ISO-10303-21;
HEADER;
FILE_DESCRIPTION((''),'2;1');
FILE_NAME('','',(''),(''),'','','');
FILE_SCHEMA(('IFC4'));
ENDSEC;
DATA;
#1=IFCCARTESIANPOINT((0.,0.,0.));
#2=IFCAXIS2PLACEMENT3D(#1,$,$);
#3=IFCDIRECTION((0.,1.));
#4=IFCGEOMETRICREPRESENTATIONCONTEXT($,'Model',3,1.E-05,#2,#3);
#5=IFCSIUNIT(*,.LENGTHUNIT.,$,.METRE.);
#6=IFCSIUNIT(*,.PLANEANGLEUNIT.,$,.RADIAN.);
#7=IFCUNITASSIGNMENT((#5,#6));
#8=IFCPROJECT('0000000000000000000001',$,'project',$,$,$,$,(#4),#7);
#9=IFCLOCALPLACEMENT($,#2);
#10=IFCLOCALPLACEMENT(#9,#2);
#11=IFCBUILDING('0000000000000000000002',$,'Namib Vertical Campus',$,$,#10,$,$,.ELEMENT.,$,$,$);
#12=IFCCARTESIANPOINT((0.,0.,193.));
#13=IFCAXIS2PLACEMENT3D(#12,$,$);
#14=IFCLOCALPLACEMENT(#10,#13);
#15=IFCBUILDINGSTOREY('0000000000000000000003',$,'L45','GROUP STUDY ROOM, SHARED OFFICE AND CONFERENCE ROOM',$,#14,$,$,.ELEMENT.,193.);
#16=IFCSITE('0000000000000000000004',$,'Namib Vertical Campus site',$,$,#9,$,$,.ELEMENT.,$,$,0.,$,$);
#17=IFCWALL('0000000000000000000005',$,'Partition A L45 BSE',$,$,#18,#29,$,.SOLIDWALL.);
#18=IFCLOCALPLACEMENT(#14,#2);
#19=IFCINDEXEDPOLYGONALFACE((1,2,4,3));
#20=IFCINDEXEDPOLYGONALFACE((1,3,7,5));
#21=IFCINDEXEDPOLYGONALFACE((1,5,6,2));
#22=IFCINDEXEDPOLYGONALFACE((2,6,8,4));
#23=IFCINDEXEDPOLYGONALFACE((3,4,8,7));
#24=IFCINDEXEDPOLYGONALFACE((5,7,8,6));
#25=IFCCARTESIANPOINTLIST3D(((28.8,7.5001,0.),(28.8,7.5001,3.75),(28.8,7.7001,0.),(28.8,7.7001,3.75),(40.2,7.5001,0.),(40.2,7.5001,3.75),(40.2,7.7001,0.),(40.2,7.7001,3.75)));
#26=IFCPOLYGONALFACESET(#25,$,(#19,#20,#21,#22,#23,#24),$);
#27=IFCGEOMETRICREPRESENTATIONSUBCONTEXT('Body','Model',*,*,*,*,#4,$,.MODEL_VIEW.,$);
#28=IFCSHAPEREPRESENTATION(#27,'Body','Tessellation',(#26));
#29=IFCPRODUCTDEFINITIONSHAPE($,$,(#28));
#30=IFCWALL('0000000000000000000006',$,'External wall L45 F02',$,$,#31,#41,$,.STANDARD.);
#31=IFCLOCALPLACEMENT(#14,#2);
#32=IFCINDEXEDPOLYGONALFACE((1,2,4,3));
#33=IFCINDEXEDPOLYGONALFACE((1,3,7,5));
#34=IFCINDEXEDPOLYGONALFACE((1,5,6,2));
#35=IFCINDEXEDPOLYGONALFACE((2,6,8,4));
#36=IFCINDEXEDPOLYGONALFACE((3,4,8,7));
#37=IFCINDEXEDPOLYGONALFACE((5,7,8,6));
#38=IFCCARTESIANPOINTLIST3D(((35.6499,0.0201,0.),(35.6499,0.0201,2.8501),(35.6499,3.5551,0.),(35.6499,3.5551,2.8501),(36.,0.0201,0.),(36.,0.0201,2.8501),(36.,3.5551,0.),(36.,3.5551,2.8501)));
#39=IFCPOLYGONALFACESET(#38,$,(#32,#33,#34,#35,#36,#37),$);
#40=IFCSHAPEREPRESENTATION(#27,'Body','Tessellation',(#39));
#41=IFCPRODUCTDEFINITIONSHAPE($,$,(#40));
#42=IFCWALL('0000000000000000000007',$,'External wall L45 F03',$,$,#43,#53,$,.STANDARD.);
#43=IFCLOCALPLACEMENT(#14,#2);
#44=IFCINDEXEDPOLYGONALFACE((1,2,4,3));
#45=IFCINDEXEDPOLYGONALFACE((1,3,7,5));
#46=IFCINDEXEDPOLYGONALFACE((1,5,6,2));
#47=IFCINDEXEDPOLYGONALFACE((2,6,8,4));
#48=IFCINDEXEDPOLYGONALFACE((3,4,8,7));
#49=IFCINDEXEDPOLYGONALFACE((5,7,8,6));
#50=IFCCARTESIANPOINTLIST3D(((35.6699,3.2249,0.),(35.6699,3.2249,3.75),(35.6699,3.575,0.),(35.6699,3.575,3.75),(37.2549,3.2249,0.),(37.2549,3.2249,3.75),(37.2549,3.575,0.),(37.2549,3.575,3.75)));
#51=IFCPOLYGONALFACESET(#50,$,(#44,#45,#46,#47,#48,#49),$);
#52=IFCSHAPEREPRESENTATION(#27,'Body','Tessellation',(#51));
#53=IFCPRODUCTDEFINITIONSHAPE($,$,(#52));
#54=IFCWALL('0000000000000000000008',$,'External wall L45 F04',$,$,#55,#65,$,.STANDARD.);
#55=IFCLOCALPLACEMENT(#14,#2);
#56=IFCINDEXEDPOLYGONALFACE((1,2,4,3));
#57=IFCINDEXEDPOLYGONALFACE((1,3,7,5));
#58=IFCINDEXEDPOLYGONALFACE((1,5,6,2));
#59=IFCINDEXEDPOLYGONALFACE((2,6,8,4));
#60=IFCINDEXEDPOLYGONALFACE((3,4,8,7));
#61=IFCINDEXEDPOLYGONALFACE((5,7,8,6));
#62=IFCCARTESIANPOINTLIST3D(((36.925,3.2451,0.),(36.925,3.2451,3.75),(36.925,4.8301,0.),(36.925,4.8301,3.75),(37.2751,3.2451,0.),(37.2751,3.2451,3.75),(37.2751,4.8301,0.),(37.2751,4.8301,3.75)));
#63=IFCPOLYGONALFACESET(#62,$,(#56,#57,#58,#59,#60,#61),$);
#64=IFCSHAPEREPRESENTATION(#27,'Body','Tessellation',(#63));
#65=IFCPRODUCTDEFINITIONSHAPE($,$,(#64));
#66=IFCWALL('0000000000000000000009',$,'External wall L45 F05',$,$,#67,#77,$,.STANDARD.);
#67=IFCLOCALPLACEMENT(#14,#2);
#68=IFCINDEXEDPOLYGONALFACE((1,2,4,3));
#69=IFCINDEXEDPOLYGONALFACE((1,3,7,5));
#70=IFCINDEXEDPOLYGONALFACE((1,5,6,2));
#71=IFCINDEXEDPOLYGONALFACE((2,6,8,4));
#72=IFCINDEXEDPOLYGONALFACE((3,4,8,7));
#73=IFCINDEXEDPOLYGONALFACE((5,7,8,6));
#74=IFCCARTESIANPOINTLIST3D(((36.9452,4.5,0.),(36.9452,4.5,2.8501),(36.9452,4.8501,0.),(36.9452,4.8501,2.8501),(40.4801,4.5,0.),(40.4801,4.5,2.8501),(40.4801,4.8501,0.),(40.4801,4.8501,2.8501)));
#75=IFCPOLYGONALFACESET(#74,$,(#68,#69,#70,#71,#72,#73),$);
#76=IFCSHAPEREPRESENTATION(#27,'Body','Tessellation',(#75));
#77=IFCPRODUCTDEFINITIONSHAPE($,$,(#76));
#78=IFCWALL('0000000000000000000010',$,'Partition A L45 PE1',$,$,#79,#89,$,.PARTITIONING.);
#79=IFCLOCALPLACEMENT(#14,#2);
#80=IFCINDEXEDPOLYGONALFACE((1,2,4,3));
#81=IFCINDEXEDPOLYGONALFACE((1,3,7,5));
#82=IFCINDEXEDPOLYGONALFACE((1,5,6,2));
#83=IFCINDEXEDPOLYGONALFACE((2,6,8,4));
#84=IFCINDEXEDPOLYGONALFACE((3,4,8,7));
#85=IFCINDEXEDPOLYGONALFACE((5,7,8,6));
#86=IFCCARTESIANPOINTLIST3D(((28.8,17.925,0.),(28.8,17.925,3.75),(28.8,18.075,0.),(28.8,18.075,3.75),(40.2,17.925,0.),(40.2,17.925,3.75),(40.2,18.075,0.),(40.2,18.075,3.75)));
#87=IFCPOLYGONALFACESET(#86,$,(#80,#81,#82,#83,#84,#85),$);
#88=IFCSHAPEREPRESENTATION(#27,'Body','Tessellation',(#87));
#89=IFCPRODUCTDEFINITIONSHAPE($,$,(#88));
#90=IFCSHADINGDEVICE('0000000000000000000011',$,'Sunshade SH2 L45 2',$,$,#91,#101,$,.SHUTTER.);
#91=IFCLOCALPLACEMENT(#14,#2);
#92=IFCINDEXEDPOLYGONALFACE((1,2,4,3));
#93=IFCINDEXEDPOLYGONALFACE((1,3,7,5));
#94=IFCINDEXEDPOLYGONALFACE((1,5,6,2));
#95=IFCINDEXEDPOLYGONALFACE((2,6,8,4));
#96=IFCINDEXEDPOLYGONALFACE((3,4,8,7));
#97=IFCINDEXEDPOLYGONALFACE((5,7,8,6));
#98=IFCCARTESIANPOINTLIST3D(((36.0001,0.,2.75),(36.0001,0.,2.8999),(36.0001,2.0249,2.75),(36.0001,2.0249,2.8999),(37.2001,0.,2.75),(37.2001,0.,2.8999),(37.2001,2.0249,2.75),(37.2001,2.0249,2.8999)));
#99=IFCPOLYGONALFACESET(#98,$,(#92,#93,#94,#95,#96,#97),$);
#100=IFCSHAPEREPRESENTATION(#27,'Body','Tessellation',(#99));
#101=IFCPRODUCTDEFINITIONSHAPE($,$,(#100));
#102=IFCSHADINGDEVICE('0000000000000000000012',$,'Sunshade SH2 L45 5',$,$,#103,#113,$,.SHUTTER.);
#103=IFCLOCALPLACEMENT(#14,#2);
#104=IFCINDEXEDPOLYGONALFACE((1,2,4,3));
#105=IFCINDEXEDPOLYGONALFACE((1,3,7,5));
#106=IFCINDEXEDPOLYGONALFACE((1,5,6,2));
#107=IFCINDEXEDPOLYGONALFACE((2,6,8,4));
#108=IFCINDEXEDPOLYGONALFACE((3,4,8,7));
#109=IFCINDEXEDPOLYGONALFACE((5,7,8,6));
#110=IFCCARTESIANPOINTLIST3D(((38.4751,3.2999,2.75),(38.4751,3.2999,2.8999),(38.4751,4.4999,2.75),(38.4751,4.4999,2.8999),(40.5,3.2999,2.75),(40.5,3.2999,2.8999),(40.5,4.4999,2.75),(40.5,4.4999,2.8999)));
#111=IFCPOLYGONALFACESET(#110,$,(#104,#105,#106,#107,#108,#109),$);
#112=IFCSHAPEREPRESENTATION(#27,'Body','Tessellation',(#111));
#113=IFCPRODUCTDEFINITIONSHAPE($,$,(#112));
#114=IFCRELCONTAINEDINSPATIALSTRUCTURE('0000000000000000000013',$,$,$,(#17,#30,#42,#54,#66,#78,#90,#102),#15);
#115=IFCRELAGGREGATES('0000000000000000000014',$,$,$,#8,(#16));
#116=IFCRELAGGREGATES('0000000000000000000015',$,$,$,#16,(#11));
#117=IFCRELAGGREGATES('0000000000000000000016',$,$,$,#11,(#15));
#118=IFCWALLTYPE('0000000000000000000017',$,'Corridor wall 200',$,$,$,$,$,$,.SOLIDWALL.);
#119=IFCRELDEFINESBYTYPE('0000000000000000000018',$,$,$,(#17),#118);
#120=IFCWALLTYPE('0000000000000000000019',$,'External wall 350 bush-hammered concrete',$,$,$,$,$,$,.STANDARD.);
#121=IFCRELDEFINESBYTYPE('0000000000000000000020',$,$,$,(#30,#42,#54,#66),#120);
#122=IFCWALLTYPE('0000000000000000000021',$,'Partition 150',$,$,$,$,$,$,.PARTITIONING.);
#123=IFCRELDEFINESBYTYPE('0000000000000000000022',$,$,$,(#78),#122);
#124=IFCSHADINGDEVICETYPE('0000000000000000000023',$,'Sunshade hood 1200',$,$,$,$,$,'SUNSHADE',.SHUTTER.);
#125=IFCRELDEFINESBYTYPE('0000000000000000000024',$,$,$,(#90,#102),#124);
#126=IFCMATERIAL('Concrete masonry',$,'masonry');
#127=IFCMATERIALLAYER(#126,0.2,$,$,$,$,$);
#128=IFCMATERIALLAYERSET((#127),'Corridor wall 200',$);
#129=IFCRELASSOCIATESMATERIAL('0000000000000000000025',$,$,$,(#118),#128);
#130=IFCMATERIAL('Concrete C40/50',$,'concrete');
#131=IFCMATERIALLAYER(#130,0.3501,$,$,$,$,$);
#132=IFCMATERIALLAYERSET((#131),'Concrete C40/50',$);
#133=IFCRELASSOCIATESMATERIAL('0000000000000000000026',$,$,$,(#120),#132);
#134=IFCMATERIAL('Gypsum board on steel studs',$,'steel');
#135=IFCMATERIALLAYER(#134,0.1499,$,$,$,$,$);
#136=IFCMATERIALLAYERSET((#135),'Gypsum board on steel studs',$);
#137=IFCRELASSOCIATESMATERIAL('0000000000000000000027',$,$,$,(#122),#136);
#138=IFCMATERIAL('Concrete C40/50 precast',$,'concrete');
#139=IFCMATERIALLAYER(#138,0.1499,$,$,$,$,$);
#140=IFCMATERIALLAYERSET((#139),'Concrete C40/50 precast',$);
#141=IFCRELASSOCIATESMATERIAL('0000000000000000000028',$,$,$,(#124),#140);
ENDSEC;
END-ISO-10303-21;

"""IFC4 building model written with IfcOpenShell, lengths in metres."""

from ifc_helpers import new_model, si_unit, direction, frame, frame_2d, origin, origin_2d, place, context, subcontext, project, spatial, rectangle, extrude, material, layer, layer_set, type_object, element, save


model = new_model("IFC4")

# Units and contexts
model_context = context("Model", 3, precision=1e-05, world=origin(), true_north=direction((0.0, 1.0)))
body_context = subcontext(model_context, "Body", "Model", "MODEL_VIEW")
ifc_project = project(units=[si_unit("LENGTHUNIT", "METRE"), si_unit("PLANEANGLEUNIT", "RADIAN")], contexts=[model_context])

# Site, building, storey
site_placement = place(None, origin())
site = spatial("IfcSite", under=ifc_project, at=site_placement, Name="Namib Vertical Campus site", CompositionType="ELEMENT", RefElevation=0.0)
building_placement = place(site_placement, origin())
building = spatial("IfcBuilding", under=site, at=building_placement, Name="Namib Vertical Campus", CompositionType="ELEMENT")
storey_placement = place(building_placement, frame((0.0, 0.0, 193.0)))
storey = spatial("IfcBuildingStorey", under=building, at=storey_placement, Name="L45", Description="GROUP STUDY ROOM, SHARED OFFICE AND CONFERENCE ROOM", CompositionType="ELEMENT", Elevation=193.0)

# Shared definitions
ifc_material_1 = material(Name="Concrete masonry", Category="masonry")
ifc_layer_1 = layer(ifc_material_1, 0.2)
ifc_layer_set_1 = layer_set([ifc_layer_1], Name="Corridor wall 200")
wall_type_1 = type_object("IfcWallType", Name="Corridor wall 200", PredefinedType="SOLIDWALL", material=ifc_layer_set_1)

# Walls
wall_1_placement = place(storey_placement, frame((28.8, 7.6001, 0.0), z_axis=(0.0, 0.0, 1.0), x_axis=(1.0, 0.0, 0.0)))
element("IfcWall", 1, at=wall_1_placement, inside=storey, type_object=wall_type_1, Name="Partition A L45 BSE", PredefinedType="SOLIDWALL", context=body_context, shape_type="SweptSolid", body=[
    extrude(rectangle(XDim=11.3999, YDim=0.2, at=frame_2d((5.7, 0.0))), origin(), (0.0, 0.0, 1.0), 3.75),
])
ifc_material_2 = material(Name="Concrete C40/50", Category="concrete")
ifc_layer_2 = layer(ifc_material_2, 0.3501)
ifc_layer_set_2 = layer_set([ifc_layer_2], Name="Concrete C40/50")
wall_type_2 = type_object("IfcWallType", Name="External wall 350 bush-hammered concrete", PredefinedType="STANDARD", material=ifc_layer_set_2)
wall_2_placement = place(storey_placement, frame((35.825, 0.02, 0.0), z_axis=(0.0, 0.0, 1.0), x_axis=(0.0, 1.0, 0.0)))
element("IfcWall", 2, at=wall_2_placement, inside=storey, type_object=wall_type_2, Name="External wall L45 F02", PredefinedType="STANDARD", context=body_context, shape_type="SweptSolid", body=[
    extrude(rectangle(XDim=3.5349, YDim=0.3501, at=frame_2d((1.7676, 0.0))), origin(), (0.0, 0.0, 1.0), 2.8501),
])
for number, where, z_axis, x_axis, name in (
    (3, (35.6699, 3.3999, 0.0), (0.0, 0.0, 1.0), (1.0, 0.0, 0.0), "External wall L45 F03"),
    (4, (37.1001, 3.2451, 0.0), (0.0, 0.0, 1.0), (0.0, 1.0, 0.0), "External wall L45 F04"),
):
    element("IfcWall", number, at=place(storey_placement, frame(where, z_axis=z_axis, x_axis=x_axis)), inside=storey, type_object=wall_type_2, Name=name, PredefinedType="STANDARD", context=body_context, shape_type="SweptSolid", body=[
        extrude(rectangle(XDim=1.585, YDim=0.3501, at=frame_2d((0.7925, 0.0))), origin(), (0.0, 0.0, 1.0), 3.75),
    ])
wall_3_placement = place(storey_placement, frame((36.9451, 4.675, 0.0), z_axis=(0.0, 0.0, 1.0), x_axis=(1.0, 0.0, 0.0)))
element("IfcWall", 5, at=wall_3_placement, inside=storey, type_object=wall_type_2, Name="External wall L45 F05", PredefinedType="STANDARD", context=body_context, shape_type="SweptSolid", body=[
    extrude(rectangle(XDim=3.5349, YDim=0.3501, at=frame_2d((1.7676, 0.0))), origin(), (0.0, 0.0, 1.0), 2.8501),
])
ifc_material_3 = material(Name="Gypsum board on steel studs", Category="steel")
ifc_layer_3 = layer(ifc_material_3, 0.1499)
ifc_layer_set_3 = layer_set([ifc_layer_3], Name="Gypsum board on steel studs")
wall_type_3 = type_object("IfcWallType", Name="Partition 150", PredefinedType="PARTITIONING", material=ifc_layer_set_3)
wall_4_placement = place(storey_placement, frame((28.8, 18.0, 0.0), z_axis=(0.0, 0.0, 1.0), x_axis=(1.0, 0.0, 0.0)))
element("IfcWall", 6, at=wall_4_placement, inside=storey, type_object=wall_type_3, Name="Partition A L45 PE1", PredefinedType="PARTITIONING", context=body_context, shape_type="SweptSolid", body=[
    extrude(rectangle(XDim=11.3999, YDim=0.1499, at=frame_2d((5.7, 0.0))), origin(), (0.0, 0.0, 1.0), 3.75),
])

# Shading devices
ifc_material_4 = material(Name="Concrete C40/50 precast", Category="concrete")
ifc_layer_4 = layer(ifc_material_4, 0.1499)
ifc_layer_set_4 = layer_set([ifc_layer_4], Name="Concrete C40/50 precast")
shading_device_type = type_object("IfcShadingDeviceType", Name="Sunshade hood 1200", ElementType="SUNSHADE", PredefinedType="SHUTTER", material=ifc_layer_set_4)
for number, where, z_axis, x_axis, name in (
    (7, (36.6001, 1.0125, 2.75), (0.0, 0.0, 1.0), (0.0, 1.0, 0.0), "Sunshade SH2 L45 2"),
    (8, (39.4875, 3.8999, 2.75), (0.0, 0.0, 1.0), (1.0, 0.0, 0.0), "Sunshade SH2 L45 5"),
):
    element("IfcShadingDevice", number, at=place(storey_placement, frame(where, z_axis=z_axis, x_axis=x_axis)), inside=storey, type_object=shading_device_type, Name=name, PredefinedType="SHUTTER", context=body_context, shape_type="SweptSolid", body=[
        extrude(rectangle(XDim=2.0249, YDim=1.2, at=origin_2d()), origin(), (0.0, 0.0, 1.0), 0.1499),
    ])

save(model, "model.ifc")
